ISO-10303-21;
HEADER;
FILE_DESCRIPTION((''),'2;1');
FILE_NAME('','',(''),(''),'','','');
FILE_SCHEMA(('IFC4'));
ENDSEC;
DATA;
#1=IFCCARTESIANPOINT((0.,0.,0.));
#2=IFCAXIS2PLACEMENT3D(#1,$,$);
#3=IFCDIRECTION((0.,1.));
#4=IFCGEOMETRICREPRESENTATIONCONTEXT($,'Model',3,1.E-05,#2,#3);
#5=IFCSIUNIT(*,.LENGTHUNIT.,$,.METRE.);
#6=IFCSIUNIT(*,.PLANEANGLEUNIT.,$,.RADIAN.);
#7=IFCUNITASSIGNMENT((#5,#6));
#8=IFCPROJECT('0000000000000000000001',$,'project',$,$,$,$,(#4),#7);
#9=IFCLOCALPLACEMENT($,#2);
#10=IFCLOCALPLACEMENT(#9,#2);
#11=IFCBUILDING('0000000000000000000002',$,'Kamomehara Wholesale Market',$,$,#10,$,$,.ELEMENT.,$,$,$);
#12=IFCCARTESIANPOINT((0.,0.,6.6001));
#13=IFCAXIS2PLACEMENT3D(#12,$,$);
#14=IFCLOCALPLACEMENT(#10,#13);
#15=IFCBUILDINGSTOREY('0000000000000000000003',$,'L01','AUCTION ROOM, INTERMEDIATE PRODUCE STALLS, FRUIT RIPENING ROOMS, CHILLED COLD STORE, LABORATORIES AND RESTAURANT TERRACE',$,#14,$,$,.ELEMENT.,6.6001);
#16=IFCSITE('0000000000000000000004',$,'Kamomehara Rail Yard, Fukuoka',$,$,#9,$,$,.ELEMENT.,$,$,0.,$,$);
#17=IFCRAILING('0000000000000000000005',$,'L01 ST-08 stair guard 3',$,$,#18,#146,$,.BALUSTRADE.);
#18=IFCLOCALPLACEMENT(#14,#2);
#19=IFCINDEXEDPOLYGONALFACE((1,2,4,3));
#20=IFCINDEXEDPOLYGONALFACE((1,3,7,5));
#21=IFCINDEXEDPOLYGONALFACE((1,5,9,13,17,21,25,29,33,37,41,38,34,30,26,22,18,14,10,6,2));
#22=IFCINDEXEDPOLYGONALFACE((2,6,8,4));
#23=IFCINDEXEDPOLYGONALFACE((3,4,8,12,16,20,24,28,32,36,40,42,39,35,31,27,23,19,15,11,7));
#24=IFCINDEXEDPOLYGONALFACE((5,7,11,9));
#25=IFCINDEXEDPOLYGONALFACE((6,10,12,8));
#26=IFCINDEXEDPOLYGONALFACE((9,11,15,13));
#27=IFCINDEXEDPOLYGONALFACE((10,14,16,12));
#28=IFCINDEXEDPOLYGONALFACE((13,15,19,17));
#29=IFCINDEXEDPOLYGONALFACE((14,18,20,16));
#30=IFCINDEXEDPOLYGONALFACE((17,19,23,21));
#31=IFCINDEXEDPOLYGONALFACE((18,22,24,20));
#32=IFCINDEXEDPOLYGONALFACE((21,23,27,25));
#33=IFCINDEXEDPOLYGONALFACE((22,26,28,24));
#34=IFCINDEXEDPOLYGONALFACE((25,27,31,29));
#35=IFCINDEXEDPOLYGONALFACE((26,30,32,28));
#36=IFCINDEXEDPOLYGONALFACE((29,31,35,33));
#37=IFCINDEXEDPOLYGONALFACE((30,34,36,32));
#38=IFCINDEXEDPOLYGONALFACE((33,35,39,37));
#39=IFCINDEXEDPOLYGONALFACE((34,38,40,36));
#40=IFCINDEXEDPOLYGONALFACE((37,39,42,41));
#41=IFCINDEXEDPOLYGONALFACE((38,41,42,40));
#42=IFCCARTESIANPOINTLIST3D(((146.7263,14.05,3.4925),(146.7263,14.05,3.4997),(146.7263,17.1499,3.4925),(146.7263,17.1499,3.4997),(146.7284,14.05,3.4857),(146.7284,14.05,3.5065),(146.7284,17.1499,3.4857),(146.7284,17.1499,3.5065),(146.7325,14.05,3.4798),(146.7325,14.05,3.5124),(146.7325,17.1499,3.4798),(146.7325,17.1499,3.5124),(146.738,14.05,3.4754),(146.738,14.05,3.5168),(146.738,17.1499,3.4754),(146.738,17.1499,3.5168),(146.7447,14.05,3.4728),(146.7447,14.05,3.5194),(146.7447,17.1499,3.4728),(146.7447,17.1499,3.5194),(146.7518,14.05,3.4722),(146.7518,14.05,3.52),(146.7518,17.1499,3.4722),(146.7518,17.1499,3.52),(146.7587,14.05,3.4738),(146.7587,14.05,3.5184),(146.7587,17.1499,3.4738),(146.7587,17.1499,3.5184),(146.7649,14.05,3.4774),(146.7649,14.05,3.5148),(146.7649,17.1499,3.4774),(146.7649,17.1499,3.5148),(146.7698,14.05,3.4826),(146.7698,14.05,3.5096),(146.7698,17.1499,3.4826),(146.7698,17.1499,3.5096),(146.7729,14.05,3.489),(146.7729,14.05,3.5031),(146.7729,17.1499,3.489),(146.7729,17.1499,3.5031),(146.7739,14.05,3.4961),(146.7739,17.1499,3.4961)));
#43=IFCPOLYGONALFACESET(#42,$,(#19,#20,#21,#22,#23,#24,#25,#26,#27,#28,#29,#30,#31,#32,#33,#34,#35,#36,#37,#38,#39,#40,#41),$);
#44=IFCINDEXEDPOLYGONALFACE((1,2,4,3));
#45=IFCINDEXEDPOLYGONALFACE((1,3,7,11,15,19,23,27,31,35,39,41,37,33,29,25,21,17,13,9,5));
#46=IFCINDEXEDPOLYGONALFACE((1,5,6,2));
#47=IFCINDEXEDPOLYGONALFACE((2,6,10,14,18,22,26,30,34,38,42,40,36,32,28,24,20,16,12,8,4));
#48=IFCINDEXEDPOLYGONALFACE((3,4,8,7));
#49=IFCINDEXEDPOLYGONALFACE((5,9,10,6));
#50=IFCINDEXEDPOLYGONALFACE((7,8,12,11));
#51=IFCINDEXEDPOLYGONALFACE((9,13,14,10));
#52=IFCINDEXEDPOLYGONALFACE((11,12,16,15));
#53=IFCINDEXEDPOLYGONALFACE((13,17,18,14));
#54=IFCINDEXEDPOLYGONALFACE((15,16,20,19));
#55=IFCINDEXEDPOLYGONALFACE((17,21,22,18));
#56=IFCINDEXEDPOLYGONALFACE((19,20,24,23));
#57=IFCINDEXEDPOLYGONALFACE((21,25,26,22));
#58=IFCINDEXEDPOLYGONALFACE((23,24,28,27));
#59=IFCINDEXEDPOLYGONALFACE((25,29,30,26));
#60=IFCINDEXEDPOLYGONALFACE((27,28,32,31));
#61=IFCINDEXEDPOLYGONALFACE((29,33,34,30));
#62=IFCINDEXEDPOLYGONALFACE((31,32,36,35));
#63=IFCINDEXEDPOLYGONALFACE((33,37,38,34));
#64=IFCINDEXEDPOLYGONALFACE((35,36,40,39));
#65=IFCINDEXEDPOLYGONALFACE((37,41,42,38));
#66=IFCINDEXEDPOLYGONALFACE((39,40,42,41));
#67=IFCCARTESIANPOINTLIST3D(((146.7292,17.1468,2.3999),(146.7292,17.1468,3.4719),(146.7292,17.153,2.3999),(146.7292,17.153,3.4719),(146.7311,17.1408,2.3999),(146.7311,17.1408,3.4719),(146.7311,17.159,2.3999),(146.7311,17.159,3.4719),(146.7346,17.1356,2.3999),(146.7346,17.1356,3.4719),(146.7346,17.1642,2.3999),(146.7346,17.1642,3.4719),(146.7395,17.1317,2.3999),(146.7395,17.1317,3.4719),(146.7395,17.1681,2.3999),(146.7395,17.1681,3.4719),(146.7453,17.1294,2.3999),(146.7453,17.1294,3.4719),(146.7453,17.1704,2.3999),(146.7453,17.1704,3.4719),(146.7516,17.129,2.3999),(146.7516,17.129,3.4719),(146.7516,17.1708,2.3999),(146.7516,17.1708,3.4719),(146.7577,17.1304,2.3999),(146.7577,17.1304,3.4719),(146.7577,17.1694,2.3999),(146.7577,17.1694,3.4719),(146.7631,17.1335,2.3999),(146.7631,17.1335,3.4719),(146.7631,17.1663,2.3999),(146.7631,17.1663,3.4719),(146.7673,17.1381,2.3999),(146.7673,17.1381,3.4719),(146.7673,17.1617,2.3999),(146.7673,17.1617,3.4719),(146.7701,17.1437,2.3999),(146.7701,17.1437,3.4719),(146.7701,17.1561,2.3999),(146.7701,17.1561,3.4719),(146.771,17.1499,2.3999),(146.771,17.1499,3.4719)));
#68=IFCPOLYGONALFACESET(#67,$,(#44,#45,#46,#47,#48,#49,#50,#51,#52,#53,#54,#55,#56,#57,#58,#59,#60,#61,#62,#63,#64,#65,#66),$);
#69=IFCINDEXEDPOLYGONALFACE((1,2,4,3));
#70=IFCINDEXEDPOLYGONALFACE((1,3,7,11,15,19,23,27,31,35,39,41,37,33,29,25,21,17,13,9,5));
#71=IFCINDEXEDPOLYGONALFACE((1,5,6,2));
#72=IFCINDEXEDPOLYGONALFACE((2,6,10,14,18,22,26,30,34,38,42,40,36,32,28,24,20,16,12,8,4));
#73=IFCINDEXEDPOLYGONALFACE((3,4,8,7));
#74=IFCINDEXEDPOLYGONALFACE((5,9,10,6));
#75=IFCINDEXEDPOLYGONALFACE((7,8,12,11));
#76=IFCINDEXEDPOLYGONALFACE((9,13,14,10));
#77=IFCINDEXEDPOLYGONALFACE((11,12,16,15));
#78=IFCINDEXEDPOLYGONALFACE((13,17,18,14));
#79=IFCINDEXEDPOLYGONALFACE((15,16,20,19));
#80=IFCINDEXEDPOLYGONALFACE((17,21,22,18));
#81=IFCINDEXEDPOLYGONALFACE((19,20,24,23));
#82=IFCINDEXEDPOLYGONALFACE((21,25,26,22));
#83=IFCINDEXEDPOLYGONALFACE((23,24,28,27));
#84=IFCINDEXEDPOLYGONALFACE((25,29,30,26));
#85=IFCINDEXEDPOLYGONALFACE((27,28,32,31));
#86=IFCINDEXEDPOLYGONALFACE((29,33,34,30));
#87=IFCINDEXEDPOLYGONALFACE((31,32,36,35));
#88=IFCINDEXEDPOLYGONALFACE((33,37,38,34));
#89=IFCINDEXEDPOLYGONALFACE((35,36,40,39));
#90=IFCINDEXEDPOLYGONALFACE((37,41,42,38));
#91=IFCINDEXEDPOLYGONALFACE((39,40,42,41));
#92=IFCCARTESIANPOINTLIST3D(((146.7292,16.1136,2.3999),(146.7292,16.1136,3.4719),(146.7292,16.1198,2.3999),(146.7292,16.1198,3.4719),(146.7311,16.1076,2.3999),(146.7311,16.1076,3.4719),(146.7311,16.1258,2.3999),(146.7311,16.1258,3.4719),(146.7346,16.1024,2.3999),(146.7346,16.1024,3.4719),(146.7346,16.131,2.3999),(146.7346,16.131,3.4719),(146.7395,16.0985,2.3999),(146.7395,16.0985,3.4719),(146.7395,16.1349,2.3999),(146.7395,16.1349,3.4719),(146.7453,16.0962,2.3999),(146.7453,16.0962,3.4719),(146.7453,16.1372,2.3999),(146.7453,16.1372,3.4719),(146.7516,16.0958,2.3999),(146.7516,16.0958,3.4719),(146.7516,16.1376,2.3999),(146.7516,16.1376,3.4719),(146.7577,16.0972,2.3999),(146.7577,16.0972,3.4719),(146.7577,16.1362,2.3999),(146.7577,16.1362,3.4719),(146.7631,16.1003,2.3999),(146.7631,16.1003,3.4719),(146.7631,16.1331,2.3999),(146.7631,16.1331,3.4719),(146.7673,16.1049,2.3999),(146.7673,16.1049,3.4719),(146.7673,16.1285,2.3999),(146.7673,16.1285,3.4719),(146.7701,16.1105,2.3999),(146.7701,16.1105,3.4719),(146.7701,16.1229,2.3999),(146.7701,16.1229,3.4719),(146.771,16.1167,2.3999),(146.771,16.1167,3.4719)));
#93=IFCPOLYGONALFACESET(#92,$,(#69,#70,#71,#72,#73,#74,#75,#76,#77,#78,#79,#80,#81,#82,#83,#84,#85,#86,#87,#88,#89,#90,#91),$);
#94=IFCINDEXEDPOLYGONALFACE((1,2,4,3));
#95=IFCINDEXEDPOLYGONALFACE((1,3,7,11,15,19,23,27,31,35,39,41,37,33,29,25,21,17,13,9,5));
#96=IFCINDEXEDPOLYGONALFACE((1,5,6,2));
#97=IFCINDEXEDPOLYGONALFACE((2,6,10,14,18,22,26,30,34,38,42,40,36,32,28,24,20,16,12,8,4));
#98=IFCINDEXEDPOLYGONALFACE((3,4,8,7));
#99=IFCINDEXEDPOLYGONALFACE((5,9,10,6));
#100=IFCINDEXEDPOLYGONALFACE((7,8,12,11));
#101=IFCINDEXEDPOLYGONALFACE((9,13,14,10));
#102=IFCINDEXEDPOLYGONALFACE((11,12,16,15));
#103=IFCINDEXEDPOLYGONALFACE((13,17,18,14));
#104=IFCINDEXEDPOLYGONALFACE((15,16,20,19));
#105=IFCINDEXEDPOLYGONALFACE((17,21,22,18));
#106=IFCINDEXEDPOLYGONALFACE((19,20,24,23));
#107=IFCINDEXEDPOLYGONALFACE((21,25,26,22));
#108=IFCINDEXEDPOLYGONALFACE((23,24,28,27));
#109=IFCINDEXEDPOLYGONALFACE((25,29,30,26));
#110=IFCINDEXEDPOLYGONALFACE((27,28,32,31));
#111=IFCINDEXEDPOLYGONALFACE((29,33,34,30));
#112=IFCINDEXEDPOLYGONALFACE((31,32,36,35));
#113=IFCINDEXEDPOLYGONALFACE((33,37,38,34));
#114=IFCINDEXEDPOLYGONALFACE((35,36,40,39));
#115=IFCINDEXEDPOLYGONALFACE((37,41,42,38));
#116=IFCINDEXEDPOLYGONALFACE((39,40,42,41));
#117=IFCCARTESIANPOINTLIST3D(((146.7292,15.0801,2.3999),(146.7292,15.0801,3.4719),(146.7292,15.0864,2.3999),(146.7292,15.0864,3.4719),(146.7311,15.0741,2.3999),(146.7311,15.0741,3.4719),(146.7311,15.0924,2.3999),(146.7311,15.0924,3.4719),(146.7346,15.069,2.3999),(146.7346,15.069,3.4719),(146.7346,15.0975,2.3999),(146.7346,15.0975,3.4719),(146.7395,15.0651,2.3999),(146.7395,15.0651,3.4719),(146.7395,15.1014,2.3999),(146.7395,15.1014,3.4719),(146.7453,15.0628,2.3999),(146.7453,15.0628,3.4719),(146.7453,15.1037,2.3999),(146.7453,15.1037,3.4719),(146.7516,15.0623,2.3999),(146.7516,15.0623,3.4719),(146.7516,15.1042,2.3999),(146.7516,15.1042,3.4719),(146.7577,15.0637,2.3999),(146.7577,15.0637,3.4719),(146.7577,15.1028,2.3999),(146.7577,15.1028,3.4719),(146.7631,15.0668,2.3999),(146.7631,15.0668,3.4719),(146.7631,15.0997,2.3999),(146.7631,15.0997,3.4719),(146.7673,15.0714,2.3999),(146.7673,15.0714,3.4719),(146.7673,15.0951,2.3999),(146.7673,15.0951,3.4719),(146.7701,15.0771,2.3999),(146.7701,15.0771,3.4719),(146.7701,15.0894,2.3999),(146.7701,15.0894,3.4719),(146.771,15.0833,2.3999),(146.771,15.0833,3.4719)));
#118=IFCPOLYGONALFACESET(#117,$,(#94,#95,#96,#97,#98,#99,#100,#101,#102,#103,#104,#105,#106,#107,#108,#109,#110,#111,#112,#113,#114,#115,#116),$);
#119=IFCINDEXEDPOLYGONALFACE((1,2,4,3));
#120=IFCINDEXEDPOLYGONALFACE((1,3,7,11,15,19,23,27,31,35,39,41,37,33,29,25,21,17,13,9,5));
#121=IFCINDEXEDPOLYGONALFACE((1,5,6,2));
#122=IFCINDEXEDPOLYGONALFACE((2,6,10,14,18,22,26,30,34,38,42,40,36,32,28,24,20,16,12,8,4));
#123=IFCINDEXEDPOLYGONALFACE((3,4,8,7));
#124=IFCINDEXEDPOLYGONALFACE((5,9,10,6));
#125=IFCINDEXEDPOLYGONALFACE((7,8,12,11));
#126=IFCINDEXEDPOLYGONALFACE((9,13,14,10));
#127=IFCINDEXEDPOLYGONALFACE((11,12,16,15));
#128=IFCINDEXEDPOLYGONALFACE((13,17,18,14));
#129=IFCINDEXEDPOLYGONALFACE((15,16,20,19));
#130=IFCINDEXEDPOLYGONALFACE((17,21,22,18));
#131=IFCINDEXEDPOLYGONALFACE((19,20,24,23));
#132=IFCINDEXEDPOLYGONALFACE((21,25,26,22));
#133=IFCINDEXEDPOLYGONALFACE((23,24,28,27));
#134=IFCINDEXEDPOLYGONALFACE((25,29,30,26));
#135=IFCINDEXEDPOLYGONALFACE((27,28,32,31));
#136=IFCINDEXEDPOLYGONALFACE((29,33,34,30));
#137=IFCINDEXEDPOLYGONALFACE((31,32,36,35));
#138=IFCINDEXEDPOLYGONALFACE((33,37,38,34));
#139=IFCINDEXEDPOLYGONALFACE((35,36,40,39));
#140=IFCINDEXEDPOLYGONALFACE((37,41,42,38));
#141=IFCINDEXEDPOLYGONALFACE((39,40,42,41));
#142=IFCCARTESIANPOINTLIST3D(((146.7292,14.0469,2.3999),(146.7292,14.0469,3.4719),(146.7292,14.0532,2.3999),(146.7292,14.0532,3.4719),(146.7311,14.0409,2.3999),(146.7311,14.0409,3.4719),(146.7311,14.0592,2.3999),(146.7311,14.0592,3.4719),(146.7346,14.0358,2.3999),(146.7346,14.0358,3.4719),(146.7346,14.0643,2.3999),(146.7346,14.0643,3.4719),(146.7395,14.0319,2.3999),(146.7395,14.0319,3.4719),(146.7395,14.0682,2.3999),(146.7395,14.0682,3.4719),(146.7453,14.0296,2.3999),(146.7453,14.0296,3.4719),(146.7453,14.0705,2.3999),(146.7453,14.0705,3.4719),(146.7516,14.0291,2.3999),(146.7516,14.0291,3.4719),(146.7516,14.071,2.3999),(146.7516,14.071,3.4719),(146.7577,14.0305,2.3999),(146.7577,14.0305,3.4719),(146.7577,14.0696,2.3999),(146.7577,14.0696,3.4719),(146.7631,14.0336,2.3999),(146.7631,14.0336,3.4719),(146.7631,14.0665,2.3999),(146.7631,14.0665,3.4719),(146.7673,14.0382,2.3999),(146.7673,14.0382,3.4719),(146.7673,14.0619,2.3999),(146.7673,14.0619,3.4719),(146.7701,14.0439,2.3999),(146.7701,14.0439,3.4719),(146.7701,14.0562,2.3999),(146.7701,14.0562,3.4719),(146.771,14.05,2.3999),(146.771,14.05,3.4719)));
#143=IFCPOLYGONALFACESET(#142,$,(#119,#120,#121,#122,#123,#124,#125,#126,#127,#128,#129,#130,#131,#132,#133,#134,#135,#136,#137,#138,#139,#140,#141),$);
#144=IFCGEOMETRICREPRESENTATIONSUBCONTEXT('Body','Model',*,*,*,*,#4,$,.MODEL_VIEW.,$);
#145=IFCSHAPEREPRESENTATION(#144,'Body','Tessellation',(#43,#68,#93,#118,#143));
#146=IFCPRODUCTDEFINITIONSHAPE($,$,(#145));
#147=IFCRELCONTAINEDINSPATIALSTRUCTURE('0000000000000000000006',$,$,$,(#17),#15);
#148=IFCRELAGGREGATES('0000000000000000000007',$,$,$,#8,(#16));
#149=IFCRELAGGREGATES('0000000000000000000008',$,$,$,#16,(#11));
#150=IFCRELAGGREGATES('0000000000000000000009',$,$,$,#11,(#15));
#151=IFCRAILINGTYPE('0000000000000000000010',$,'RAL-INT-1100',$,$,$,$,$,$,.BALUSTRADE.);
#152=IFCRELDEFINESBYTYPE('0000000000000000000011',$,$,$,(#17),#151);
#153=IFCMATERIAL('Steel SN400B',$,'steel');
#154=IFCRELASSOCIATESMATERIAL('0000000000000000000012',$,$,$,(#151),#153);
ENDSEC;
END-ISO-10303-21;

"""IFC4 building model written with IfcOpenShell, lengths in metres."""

from ifc_helpers import new_model, si_unit, direction, frame, origin, origin_2d, place, context, subcontext, project, spatial, circle, extrude, material, type_object, element, save


model = new_model("IFC4")

# Units and contexts
model_context = context("Model", 3, precision=1e-05, world=origin(), true_north=direction((0.0, 1.0)))
body_context = subcontext(model_context, "Body", "Model", "MODEL_VIEW")
ifc_project = project(units=[si_unit("LENGTHUNIT", "METRE"), si_unit("PLANEANGLEUNIT", "RADIAN")], contexts=[model_context])

# Site, building, storey
site_placement = place(None, origin())
site = spatial("IfcSite", under=ifc_project, at=site_placement, Name="Kamomehara Rail Yard, Fukuoka", CompositionType="ELEMENT", RefElevation=0.0)
building_placement = place(site_placement, origin())
building = spatial("IfcBuilding", under=site, at=building_placement, Name="Kamomehara Wholesale Market", CompositionType="ELEMENT")
storey_placement = place(building_placement, frame((0.0, 0.0, 6.6001)))
storey = spatial("IfcBuildingStorey", under=building, at=storey_placement, Name="L01", Description="AUCTION ROOM, INTERMEDIATE PRODUCE STALLS, FRUIT RIPENING ROOMS, CHILLED COLD STORE, LABORATORIES AND RESTAURANT TERRACE", CompositionType="ELEMENT", Elevation=6.6001)

# Railing
ifc_material_1 = material(Name="Steel SN400B", Category="steel")
railing_type_1 = type_object("IfcRailingType", Name="RAL-INT-1100", PredefinedType="BALUSTRADE", material=ifc_material_1)
railing_1_placement = place(storey_placement, frame((146.75, 17.1499, 2.3999)))
element("IfcRailing", 1, at=railing_1_placement, inside=storey, type_object=railing_type_1, Name="L01 ST-08 stair guard 3", PredefinedType="BALUSTRADE", context=body_context, shape_type="SweptSolid", body=[
    extrude(circle(Radius=0.0239, at=origin_2d()), frame((0.0, 0.0, 1.0962), z_axis=(0.0, -1.0, 0.0), x_axis=(1.0, 0.0, 0.0)), (0.0, 0.0, 1.0), 3.0999),
    extrude(circle(Radius=0.021, at=origin_2d()), origin(), (0.0, 0.0, 1.0), 1.072),
    extrude(circle(Radius=0.021, at=origin_2d()), frame((0.0, -1.0332, 0.0)), (0.0, 0.0, 1.0), 1.072),
    extrude(circle(Radius=0.021, at=origin_2d()), frame((0.0, -2.0667, 0.0)), (0.0, 0.0, 1.0), 1.072),
    extrude(circle(Radius=0.021, at=origin_2d()), frame((0.0, -3.0999, 0.0)), (0.0, 0.0, 1.0), 1.072),
])

save(model, "model.ifc")
